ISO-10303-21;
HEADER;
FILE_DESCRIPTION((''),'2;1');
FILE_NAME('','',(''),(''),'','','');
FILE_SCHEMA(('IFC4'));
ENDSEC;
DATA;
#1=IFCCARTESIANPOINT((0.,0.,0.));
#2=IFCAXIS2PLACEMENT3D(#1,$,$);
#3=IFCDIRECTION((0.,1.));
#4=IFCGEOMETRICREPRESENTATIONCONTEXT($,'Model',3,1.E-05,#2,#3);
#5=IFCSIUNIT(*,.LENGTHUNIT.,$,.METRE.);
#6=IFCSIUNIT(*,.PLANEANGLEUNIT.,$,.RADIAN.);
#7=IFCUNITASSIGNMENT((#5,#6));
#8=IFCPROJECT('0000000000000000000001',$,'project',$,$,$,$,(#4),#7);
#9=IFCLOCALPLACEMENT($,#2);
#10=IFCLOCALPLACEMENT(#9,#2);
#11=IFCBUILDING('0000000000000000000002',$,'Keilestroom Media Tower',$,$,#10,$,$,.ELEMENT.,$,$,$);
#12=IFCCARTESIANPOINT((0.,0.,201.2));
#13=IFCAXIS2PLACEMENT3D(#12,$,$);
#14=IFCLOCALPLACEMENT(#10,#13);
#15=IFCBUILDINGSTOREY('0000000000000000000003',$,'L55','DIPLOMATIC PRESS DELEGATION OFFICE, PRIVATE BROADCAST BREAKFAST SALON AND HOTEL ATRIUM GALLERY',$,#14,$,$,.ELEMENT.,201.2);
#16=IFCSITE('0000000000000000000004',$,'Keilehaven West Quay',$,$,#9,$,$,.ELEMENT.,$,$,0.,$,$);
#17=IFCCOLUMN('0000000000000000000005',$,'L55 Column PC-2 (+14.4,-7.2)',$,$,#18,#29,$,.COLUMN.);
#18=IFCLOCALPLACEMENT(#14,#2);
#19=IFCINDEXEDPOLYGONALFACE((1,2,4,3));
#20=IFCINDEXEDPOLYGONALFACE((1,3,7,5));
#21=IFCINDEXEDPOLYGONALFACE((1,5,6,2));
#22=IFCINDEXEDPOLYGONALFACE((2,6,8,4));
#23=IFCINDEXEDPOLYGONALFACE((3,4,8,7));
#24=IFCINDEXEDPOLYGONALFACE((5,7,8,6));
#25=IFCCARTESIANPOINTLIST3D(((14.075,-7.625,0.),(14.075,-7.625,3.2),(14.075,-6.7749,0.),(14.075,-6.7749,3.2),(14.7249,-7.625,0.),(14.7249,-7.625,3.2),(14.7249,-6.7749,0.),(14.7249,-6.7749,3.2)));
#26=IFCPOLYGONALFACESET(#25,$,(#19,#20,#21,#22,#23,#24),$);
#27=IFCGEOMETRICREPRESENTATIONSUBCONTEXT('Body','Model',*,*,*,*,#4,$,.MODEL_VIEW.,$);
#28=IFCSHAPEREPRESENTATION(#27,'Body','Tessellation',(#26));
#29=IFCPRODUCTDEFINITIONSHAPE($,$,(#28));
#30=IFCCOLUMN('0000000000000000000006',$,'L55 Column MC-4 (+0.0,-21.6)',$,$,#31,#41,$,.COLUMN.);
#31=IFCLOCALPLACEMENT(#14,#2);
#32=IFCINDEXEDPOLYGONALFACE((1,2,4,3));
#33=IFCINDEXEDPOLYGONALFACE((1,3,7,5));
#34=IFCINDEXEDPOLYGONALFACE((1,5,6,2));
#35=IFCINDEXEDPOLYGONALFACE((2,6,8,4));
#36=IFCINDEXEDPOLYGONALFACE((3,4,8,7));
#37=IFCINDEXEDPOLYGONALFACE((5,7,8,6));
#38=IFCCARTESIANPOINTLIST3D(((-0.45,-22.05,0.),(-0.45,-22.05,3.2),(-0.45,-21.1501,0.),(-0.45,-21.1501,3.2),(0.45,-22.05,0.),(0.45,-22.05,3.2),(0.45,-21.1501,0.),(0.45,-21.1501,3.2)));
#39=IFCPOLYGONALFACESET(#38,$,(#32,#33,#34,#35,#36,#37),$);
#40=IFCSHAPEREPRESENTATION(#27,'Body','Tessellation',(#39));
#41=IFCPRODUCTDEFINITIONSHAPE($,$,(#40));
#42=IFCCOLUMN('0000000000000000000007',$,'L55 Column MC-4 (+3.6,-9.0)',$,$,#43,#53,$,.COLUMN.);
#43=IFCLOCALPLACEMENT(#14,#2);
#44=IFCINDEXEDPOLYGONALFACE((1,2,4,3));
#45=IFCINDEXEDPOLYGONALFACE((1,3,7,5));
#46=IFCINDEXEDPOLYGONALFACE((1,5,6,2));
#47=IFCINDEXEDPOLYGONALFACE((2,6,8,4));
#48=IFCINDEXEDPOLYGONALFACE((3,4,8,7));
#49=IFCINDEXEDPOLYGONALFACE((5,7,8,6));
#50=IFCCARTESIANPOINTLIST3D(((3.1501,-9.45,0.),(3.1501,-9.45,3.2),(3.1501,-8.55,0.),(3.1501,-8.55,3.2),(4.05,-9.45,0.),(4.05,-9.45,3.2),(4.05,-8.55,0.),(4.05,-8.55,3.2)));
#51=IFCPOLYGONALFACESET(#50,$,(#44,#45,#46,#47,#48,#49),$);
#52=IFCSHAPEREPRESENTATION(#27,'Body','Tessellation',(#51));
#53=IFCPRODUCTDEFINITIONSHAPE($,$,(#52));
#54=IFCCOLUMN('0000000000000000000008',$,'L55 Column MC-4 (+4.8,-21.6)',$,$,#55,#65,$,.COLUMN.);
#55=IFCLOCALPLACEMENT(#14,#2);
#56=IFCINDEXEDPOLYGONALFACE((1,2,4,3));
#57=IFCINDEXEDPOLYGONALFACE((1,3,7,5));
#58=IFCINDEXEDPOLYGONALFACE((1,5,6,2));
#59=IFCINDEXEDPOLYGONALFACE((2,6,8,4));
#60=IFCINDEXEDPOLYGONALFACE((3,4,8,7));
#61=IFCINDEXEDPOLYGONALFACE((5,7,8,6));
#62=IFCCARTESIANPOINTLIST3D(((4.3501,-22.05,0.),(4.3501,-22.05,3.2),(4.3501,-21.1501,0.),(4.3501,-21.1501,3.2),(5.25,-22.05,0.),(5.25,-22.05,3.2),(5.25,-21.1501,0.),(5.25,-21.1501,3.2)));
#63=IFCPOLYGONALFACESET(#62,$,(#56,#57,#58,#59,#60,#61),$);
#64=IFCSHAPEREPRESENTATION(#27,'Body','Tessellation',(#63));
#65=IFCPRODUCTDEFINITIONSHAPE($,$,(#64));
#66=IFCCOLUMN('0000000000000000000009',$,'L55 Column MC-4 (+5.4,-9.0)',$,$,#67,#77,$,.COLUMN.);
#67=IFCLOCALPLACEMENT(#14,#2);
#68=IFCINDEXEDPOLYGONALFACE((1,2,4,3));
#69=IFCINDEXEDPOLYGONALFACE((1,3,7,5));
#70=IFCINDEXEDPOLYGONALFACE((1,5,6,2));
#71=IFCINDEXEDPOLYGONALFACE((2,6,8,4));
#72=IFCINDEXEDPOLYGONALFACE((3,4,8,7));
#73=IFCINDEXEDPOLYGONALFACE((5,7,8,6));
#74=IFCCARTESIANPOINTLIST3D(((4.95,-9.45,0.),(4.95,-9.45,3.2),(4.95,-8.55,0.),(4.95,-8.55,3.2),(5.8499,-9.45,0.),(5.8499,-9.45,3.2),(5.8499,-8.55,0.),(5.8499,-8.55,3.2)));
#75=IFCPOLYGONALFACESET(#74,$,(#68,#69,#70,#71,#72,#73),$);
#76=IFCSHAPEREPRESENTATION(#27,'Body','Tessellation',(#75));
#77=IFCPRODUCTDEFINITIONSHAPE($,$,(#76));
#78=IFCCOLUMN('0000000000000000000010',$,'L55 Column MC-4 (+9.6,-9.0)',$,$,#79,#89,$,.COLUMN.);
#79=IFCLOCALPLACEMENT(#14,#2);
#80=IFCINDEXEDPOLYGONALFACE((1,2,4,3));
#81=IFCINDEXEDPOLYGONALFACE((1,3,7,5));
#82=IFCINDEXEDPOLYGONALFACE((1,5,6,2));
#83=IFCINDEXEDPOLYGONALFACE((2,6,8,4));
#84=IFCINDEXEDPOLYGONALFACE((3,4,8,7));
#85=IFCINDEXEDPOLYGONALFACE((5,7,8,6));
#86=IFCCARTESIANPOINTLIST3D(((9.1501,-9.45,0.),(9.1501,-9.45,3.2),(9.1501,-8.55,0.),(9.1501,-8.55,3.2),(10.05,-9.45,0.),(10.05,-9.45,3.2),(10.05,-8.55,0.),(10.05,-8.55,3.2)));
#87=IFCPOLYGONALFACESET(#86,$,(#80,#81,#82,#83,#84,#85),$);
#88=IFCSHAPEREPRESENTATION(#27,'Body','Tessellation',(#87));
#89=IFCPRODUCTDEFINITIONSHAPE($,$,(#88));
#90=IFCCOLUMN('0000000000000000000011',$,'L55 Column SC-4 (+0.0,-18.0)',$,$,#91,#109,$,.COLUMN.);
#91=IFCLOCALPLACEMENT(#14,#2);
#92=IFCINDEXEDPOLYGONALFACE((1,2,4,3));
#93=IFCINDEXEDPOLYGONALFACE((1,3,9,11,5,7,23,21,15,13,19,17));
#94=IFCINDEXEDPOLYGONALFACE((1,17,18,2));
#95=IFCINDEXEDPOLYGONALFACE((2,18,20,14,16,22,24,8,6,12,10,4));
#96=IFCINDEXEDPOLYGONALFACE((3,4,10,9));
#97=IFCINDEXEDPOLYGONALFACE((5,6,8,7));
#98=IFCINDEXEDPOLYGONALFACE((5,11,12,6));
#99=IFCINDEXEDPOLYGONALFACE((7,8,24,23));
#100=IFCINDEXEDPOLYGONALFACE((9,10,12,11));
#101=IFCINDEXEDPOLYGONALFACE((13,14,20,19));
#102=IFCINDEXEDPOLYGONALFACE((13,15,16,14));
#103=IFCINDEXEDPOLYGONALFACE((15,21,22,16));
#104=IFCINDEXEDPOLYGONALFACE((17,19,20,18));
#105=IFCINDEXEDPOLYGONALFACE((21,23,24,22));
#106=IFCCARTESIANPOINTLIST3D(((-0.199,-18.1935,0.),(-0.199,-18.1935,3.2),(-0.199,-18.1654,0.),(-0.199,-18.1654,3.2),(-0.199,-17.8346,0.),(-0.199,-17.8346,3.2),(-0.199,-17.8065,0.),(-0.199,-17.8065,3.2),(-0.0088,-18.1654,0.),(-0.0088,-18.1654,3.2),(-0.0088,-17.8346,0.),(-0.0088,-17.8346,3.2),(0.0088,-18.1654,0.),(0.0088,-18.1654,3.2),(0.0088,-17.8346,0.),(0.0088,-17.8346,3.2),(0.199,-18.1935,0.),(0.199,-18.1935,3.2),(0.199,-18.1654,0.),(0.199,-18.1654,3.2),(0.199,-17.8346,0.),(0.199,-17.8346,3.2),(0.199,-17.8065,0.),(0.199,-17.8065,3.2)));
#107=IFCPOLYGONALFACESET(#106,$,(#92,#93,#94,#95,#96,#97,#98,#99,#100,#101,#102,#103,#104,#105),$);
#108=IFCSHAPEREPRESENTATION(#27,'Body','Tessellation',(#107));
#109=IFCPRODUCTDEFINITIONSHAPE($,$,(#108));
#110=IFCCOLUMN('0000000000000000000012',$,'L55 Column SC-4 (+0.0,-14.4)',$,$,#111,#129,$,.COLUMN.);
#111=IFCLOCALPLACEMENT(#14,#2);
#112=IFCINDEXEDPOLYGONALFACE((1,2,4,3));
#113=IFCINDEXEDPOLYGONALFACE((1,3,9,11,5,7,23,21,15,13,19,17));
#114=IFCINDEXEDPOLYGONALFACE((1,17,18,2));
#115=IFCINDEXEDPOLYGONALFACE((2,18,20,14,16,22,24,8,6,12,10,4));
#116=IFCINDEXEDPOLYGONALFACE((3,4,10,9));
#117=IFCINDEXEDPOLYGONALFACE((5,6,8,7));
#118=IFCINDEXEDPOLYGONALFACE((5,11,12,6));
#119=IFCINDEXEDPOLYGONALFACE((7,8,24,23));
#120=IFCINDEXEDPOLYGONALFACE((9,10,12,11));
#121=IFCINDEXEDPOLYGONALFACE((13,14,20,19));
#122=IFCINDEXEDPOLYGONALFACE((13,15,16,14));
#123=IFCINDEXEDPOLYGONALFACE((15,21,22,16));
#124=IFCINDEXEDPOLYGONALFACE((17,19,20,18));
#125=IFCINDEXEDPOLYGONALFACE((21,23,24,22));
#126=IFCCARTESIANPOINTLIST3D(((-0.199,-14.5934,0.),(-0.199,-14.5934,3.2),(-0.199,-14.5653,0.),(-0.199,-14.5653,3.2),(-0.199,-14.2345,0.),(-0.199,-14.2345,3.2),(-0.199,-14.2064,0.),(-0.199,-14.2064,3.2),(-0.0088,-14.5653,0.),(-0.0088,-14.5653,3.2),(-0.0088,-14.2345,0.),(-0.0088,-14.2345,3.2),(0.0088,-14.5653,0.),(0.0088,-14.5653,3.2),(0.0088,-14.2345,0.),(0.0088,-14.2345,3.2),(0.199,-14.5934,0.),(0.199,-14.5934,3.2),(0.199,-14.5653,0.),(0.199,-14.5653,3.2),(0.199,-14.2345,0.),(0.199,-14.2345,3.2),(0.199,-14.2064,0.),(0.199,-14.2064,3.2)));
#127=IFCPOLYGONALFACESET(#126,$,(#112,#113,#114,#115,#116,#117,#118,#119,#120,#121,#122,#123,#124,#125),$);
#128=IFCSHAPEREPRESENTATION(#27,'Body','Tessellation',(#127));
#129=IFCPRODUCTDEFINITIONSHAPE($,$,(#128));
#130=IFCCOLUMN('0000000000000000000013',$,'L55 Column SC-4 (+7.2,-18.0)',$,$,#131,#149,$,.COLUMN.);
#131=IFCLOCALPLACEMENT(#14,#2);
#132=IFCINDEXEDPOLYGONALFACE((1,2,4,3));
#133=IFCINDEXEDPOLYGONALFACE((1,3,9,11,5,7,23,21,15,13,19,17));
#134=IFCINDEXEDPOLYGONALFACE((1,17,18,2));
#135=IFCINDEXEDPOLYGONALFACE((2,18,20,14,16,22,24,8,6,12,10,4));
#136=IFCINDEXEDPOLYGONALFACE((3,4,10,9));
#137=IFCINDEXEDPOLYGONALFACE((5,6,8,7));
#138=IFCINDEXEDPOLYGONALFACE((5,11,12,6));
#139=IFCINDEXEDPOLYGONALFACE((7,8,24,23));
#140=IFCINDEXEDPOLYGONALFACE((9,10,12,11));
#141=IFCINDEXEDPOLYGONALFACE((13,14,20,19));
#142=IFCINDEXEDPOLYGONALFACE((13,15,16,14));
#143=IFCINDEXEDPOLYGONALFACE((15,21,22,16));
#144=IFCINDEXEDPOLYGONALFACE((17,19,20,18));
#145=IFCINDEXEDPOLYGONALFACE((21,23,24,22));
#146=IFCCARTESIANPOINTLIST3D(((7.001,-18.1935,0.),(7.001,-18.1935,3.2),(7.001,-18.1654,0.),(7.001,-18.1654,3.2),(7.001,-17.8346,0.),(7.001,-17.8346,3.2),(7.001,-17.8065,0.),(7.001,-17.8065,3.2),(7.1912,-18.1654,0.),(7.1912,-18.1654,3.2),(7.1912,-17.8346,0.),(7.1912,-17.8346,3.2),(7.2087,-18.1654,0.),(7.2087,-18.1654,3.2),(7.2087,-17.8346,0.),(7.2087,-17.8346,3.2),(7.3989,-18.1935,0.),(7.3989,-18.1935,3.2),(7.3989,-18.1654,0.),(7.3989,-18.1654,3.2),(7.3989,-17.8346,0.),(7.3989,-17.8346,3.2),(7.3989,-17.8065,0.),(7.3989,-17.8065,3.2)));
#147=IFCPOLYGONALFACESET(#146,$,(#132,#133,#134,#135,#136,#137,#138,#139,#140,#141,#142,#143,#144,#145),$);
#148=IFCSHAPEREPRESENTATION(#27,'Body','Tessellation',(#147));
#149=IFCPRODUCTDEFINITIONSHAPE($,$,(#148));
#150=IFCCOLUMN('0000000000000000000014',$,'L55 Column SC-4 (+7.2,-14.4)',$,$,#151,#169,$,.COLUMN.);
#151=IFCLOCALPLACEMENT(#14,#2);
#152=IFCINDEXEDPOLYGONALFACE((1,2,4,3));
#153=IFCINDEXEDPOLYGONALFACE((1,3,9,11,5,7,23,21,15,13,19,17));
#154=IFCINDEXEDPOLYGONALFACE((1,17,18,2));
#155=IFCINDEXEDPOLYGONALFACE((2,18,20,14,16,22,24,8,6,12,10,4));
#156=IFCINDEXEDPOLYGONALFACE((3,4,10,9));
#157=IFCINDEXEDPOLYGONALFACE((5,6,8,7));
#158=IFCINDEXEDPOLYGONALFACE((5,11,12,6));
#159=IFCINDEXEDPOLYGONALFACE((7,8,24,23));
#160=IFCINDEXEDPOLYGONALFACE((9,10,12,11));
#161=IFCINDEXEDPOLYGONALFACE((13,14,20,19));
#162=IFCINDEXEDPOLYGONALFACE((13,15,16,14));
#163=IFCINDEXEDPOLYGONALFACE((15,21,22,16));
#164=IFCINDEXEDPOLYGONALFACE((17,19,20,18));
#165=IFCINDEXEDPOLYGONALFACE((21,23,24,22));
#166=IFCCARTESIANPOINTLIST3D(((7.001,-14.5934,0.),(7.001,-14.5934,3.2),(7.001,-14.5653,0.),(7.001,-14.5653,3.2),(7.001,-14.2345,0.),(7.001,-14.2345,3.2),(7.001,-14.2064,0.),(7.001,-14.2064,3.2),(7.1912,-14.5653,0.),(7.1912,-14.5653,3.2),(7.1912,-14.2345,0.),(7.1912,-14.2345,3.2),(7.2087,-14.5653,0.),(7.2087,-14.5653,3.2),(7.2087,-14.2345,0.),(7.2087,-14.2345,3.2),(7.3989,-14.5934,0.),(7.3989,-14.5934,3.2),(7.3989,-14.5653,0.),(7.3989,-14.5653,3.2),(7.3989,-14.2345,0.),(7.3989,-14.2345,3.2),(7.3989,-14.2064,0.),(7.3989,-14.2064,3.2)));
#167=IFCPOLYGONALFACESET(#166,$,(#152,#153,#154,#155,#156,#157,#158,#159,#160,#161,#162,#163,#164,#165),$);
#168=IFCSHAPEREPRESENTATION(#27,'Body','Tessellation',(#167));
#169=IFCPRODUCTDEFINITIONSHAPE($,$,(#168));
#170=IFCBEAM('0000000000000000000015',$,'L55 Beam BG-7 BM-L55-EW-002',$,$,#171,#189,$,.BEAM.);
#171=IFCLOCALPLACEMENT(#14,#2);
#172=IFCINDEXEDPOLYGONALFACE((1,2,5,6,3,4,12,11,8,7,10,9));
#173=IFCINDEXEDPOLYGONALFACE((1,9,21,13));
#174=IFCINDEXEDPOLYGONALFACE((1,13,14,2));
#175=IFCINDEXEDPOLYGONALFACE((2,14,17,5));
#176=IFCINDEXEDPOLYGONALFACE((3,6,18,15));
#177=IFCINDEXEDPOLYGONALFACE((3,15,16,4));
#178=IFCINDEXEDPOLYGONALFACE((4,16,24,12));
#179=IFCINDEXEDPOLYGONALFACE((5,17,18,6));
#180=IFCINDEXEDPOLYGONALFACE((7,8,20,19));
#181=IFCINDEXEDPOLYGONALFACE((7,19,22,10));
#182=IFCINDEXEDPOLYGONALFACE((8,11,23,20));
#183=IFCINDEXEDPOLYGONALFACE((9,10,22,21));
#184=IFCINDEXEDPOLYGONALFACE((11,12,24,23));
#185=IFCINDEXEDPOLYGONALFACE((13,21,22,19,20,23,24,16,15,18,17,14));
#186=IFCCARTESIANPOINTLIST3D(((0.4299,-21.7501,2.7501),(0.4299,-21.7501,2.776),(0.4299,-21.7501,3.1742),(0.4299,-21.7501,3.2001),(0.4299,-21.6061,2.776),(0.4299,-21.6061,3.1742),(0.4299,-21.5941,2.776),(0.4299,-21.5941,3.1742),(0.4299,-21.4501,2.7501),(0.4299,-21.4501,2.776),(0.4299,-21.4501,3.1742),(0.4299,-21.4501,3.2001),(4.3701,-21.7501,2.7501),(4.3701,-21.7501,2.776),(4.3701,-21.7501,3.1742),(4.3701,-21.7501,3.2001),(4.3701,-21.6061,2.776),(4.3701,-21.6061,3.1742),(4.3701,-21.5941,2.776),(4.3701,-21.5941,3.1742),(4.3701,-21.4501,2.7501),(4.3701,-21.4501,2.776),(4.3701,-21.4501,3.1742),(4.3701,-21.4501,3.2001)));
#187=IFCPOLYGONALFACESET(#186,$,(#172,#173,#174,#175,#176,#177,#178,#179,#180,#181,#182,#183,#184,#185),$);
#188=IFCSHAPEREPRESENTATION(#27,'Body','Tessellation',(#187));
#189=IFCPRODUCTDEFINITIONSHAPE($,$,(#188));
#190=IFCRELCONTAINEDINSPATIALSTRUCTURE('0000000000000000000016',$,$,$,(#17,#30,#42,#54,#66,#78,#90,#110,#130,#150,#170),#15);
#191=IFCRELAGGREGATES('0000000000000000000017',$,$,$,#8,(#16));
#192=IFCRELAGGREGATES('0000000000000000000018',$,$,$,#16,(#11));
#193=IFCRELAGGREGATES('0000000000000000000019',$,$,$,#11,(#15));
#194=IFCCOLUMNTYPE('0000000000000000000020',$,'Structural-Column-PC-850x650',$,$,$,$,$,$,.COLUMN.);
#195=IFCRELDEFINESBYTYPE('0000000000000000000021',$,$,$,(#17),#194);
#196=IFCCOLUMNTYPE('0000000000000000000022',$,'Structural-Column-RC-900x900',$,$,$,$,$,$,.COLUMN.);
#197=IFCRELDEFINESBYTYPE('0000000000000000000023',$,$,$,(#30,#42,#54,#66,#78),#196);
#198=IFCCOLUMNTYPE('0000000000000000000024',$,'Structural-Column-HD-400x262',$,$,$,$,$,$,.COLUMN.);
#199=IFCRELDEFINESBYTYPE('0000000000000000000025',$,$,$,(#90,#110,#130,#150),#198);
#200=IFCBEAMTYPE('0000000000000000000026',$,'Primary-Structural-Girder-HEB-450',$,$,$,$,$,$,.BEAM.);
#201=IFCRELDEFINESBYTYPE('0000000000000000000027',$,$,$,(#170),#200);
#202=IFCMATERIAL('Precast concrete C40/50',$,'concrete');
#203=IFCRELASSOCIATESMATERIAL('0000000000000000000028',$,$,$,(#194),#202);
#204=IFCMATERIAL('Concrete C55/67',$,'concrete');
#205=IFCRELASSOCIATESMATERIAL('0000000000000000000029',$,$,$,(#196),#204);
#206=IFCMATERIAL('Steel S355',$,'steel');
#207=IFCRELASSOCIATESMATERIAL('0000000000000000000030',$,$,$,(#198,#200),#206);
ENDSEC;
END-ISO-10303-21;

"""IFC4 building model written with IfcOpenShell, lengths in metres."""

from ifc_helpers import new_model, si_unit, direction, frame, origin, origin_2d, place, context, subcontext, project, spatial, rectangle, i_section, extrude, source, transform, mapped, material, material_profile, profile_set, type_object, element, save


model = new_model("IFC4")

# Units and contexts
model_context = context("Model", 3, precision=1e-05, world=origin(), true_north=direction((0.0, 1.0)))
body_context = subcontext(model_context, "Body", "Model", "MODEL_VIEW")
ifc_project = project(units=[si_unit("LENGTHUNIT", "METRE"), si_unit("PLANEANGLEUNIT", "RADIAN")], contexts=[model_context])

# Site, building, storey
site_placement = place(None, origin())
site = spatial("IfcSite", under=ifc_project, at=site_placement, Name="Keilehaven West Quay", CompositionType="ELEMENT", RefElevation=0.0)
building_placement = place(site_placement, origin())
building = spatial("IfcBuilding", under=site, at=building_placement, Name="Keilestroom Media Tower", CompositionType="ELEMENT")
storey_placement = place(building_placement, frame((0.0, 0.0, 201.2)))
storey = spatial("IfcBuildingStorey", under=building, at=storey_placement, Name="L55", Description="DIPLOMATIC PRESS DELEGATION OFFICE, PRIVATE BROADCAST BREAKFAST SALON AND HOTEL ATRIUM GALLERY", CompositionType="ELEMENT", Elevation=201.2)

# Columns
ifc_material_1 = material(Name="Precast concrete C40/50", Category="concrete")
ifc_material_profile_1 = material_profile(ifc_material_1, rectangle(XDim=0.6499, YDim=0.8501, at=origin_2d()), Name="PC 850x650")
ifc_profile_set_1 = profile_set([ifc_material_profile_1], Name="Precast concrete C40/50")
column_type_1 = type_object("IfcColumnType", Name="Structural-Column-PC-850x650", PredefinedType="COLUMN", material=ifc_profile_set_1)
shared_shape_1 = source(origin(), body_context, "Body", "SweptSolid", [
    extrude(rectangle(XDim=0.6499, YDim=0.8501, at=origin_2d()), origin(), (0.0, 0.0, 1.0), 3.2),
])
column_placement = place(storey_placement, frame((14.3999, -7.2, 0.0), z_axis=(0.0, 0.0, 1.0), x_axis=(1.0, 0.0, 0.0)))
element("IfcColumn", 1, at=column_placement, inside=storey, type_object=column_type_1, Name="L55 Column PC-2 (+14.4,-7.2)", PredefinedType="COLUMN", context=body_context, shape_type="MappedRepresentation", body=[
    mapped(shared_shape_1, transform((0.0, 0.0, 0.0), x_axis=(1.0, 0.0, 0.0), y_axis=(0.0, 1.0, 0.0), z_axis=(0.0, 0.0, 1.0), scale=1.0)),
])
ifc_material_2 = material(Name="Concrete C55/67", Category="concrete")
ifc_material_profile_2 = material_profile(ifc_material_2, rectangle(XDim=0.8999, YDim=0.8999, at=origin_2d()), Name="RC 900x900")
ifc_profile_set_2 = profile_set([ifc_material_profile_2], Name="Concrete C55/67")
column_type_2 = type_object("IfcColumnType", Name="Structural-Column-RC-900x900", PredefinedType="COLUMN", material=ifc_profile_set_2)
shared_shape_2 = source(origin(), body_context, "Body", "SweptSolid", [
    extrude(rectangle(XDim=0.8999, YDim=0.8999, at=origin_2d()), origin(), (0.0, 0.0, 1.0), 3.2),
])
for number, where, z_axis, x_axis, name in (
    (2, (0.0, -21.6001, 0.0), (0.0, 0.0, 1.0), (1.0, 0.0, 0.0), "L55 Column MC-4 (+0.0,-21.6)"),
    (3, (3.6001, -9.0, 0.0), (0.0, 0.0, 1.0), (1.0, 0.0, 0.0), "L55 Column MC-4 (+3.6,-9.0)"),
    (4, (4.8, -21.6001, 0.0), (0.0, 0.0, 1.0), (1.0, 0.0, 0.0), "L55 Column MC-4 (+4.8,-21.6)"),
    (5, (5.3999, -9.0, 0.0), (0.0, 0.0, 1.0), (1.0, 0.0, 0.0), "L55 Column MC-4 (+5.4,-9.0)"),
    (6, (9.6001, -9.0, 0.0), (0.0, 0.0, 1.0), (1.0, 0.0, 0.0), "L55 Column MC-4 (+9.6,-9.0)"),
):
    element("IfcColumn", number, at=place(storey_placement, frame(where, z_axis=z_axis, x_axis=x_axis)), inside=storey, type_object=column_type_2, Name=name, PredefinedType="COLUMN", context=body_context, shape_type="MappedRepresentation", body=[
        mapped(shared_shape_2, transform((0.0, 0.0, 0.0), x_axis=(1.0, 0.0, 0.0), y_axis=(0.0, 1.0, 0.0), z_axis=(0.0, 0.0, 1.0), scale=1.0)),
    ])
ifc_material_3 = material(Name="Steel S355", Category="steel")
ifc_material_profile_3 = material_profile(ifc_material_3, i_section(OverallWidth=0.3979, OverallDepth=0.387, WebThickness=0.0176, FlangeThickness=0.0281, at=origin_2d()), Name="HD 400x262")
ifc_profile_set_3 = profile_set([ifc_material_profile_3], Name="Steel S355")
column_type_3 = type_object("IfcColumnType", Name="Structural-Column-HD-400x262", PredefinedType="COLUMN", material=ifc_profile_set_3)
shared_shape_3 = source(origin(), body_context, "Body", "SweptSolid", [
    extrude(i_section(OverallWidth=0.3979, OverallDepth=0.387, WebThickness=0.0176, FlangeThickness=0.0281, at=origin_2d()), origin(), (0.0, 0.0, 1.0), 3.2),
])
for number, where, z_axis, x_axis, name in (
    (7, (0.0, -18.0, 0.0), (0.0, 0.0, 1.0), (1.0, 0.0, 0.0), "L55 Column SC-4 (+0.0,-18.0)"),
    (8, (0.0, -14.3999, 0.0), (0.0, 0.0, 1.0), (1.0, 0.0, 0.0), "L55 Column SC-4 (+0.0,-14.4)"),
    (9, (7.2, -18.0, 0.0), (0.0, 0.0, 1.0), (1.0, 0.0, 0.0), "L55 Column SC-4 (+7.2,-18.0)"),
    (10, (7.2, -14.3999, 0.0), (0.0, 0.0, 1.0), (1.0, 0.0, 0.0), "L55 Column SC-4 (+7.2,-14.4)"),
):
    element("IfcColumn", number, at=place(storey_placement, frame(where, z_axis=z_axis, x_axis=x_axis)), inside=storey, type_object=column_type_3, Name=name, PredefinedType="COLUMN", context=body_context, shape_type="MappedRepresentation", body=[
        mapped(shared_shape_3, transform((0.0, 0.0, 0.0), x_axis=(1.0, 0.0, 0.0), y_axis=(0.0, 1.0, 0.0), z_axis=(0.0, 0.0, 1.0), scale=1.0)),
    ])

# Beam
ifc_material_profile_4 = material_profile(ifc_material_3, i_section(OverallWidth=0.3, OverallDepth=0.45, WebThickness=0.012, FlangeThickness=0.0259, at=origin_2d()), Name="HEB 450")
ifc_profile_set_4 = profile_set([ifc_material_profile_4], Name="Steel S355")
beam_type_1 = type_object("IfcBeamType", Name="Primary-Structural-Girder-HEB-450", PredefinedType="BEAM", material=ifc_profile_set_4)
shared_shape_4 = source(origin(), body_context, "Body", "SweptSolid", [
    extrude(i_section(OverallWidth=0.3, OverallDepth=0.45, WebThickness=0.012, FlangeThickness=0.0259, at=origin_2d()), origin(), (0.0, 0.0, 1.0), 3.9402),
])
beam_1_placement = place(storey_placement, frame((0.4299, -21.6001, 2.9751), z_axis=(1.0, 0.0, 0.0), x_axis=(0.0, 1.0, 0.0)))
element("IfcBeam", 11, at=beam_1_placement, inside=storey, type_object=beam_type_1, Name="L55 Beam BG-7 BM-L55-EW-002", PredefinedType="BEAM", context=body_context, shape_type="MappedRepresentation", body=[
    mapped(shared_shape_4, transform((0.0, 0.0, 0.0), x_axis=(1.0, 0.0, 0.0), y_axis=(0.0, 1.0, 0.0), z_axis=(0.0, 0.0, 1.0), scale=1.0)),
])

save(model, "model.ifc")
